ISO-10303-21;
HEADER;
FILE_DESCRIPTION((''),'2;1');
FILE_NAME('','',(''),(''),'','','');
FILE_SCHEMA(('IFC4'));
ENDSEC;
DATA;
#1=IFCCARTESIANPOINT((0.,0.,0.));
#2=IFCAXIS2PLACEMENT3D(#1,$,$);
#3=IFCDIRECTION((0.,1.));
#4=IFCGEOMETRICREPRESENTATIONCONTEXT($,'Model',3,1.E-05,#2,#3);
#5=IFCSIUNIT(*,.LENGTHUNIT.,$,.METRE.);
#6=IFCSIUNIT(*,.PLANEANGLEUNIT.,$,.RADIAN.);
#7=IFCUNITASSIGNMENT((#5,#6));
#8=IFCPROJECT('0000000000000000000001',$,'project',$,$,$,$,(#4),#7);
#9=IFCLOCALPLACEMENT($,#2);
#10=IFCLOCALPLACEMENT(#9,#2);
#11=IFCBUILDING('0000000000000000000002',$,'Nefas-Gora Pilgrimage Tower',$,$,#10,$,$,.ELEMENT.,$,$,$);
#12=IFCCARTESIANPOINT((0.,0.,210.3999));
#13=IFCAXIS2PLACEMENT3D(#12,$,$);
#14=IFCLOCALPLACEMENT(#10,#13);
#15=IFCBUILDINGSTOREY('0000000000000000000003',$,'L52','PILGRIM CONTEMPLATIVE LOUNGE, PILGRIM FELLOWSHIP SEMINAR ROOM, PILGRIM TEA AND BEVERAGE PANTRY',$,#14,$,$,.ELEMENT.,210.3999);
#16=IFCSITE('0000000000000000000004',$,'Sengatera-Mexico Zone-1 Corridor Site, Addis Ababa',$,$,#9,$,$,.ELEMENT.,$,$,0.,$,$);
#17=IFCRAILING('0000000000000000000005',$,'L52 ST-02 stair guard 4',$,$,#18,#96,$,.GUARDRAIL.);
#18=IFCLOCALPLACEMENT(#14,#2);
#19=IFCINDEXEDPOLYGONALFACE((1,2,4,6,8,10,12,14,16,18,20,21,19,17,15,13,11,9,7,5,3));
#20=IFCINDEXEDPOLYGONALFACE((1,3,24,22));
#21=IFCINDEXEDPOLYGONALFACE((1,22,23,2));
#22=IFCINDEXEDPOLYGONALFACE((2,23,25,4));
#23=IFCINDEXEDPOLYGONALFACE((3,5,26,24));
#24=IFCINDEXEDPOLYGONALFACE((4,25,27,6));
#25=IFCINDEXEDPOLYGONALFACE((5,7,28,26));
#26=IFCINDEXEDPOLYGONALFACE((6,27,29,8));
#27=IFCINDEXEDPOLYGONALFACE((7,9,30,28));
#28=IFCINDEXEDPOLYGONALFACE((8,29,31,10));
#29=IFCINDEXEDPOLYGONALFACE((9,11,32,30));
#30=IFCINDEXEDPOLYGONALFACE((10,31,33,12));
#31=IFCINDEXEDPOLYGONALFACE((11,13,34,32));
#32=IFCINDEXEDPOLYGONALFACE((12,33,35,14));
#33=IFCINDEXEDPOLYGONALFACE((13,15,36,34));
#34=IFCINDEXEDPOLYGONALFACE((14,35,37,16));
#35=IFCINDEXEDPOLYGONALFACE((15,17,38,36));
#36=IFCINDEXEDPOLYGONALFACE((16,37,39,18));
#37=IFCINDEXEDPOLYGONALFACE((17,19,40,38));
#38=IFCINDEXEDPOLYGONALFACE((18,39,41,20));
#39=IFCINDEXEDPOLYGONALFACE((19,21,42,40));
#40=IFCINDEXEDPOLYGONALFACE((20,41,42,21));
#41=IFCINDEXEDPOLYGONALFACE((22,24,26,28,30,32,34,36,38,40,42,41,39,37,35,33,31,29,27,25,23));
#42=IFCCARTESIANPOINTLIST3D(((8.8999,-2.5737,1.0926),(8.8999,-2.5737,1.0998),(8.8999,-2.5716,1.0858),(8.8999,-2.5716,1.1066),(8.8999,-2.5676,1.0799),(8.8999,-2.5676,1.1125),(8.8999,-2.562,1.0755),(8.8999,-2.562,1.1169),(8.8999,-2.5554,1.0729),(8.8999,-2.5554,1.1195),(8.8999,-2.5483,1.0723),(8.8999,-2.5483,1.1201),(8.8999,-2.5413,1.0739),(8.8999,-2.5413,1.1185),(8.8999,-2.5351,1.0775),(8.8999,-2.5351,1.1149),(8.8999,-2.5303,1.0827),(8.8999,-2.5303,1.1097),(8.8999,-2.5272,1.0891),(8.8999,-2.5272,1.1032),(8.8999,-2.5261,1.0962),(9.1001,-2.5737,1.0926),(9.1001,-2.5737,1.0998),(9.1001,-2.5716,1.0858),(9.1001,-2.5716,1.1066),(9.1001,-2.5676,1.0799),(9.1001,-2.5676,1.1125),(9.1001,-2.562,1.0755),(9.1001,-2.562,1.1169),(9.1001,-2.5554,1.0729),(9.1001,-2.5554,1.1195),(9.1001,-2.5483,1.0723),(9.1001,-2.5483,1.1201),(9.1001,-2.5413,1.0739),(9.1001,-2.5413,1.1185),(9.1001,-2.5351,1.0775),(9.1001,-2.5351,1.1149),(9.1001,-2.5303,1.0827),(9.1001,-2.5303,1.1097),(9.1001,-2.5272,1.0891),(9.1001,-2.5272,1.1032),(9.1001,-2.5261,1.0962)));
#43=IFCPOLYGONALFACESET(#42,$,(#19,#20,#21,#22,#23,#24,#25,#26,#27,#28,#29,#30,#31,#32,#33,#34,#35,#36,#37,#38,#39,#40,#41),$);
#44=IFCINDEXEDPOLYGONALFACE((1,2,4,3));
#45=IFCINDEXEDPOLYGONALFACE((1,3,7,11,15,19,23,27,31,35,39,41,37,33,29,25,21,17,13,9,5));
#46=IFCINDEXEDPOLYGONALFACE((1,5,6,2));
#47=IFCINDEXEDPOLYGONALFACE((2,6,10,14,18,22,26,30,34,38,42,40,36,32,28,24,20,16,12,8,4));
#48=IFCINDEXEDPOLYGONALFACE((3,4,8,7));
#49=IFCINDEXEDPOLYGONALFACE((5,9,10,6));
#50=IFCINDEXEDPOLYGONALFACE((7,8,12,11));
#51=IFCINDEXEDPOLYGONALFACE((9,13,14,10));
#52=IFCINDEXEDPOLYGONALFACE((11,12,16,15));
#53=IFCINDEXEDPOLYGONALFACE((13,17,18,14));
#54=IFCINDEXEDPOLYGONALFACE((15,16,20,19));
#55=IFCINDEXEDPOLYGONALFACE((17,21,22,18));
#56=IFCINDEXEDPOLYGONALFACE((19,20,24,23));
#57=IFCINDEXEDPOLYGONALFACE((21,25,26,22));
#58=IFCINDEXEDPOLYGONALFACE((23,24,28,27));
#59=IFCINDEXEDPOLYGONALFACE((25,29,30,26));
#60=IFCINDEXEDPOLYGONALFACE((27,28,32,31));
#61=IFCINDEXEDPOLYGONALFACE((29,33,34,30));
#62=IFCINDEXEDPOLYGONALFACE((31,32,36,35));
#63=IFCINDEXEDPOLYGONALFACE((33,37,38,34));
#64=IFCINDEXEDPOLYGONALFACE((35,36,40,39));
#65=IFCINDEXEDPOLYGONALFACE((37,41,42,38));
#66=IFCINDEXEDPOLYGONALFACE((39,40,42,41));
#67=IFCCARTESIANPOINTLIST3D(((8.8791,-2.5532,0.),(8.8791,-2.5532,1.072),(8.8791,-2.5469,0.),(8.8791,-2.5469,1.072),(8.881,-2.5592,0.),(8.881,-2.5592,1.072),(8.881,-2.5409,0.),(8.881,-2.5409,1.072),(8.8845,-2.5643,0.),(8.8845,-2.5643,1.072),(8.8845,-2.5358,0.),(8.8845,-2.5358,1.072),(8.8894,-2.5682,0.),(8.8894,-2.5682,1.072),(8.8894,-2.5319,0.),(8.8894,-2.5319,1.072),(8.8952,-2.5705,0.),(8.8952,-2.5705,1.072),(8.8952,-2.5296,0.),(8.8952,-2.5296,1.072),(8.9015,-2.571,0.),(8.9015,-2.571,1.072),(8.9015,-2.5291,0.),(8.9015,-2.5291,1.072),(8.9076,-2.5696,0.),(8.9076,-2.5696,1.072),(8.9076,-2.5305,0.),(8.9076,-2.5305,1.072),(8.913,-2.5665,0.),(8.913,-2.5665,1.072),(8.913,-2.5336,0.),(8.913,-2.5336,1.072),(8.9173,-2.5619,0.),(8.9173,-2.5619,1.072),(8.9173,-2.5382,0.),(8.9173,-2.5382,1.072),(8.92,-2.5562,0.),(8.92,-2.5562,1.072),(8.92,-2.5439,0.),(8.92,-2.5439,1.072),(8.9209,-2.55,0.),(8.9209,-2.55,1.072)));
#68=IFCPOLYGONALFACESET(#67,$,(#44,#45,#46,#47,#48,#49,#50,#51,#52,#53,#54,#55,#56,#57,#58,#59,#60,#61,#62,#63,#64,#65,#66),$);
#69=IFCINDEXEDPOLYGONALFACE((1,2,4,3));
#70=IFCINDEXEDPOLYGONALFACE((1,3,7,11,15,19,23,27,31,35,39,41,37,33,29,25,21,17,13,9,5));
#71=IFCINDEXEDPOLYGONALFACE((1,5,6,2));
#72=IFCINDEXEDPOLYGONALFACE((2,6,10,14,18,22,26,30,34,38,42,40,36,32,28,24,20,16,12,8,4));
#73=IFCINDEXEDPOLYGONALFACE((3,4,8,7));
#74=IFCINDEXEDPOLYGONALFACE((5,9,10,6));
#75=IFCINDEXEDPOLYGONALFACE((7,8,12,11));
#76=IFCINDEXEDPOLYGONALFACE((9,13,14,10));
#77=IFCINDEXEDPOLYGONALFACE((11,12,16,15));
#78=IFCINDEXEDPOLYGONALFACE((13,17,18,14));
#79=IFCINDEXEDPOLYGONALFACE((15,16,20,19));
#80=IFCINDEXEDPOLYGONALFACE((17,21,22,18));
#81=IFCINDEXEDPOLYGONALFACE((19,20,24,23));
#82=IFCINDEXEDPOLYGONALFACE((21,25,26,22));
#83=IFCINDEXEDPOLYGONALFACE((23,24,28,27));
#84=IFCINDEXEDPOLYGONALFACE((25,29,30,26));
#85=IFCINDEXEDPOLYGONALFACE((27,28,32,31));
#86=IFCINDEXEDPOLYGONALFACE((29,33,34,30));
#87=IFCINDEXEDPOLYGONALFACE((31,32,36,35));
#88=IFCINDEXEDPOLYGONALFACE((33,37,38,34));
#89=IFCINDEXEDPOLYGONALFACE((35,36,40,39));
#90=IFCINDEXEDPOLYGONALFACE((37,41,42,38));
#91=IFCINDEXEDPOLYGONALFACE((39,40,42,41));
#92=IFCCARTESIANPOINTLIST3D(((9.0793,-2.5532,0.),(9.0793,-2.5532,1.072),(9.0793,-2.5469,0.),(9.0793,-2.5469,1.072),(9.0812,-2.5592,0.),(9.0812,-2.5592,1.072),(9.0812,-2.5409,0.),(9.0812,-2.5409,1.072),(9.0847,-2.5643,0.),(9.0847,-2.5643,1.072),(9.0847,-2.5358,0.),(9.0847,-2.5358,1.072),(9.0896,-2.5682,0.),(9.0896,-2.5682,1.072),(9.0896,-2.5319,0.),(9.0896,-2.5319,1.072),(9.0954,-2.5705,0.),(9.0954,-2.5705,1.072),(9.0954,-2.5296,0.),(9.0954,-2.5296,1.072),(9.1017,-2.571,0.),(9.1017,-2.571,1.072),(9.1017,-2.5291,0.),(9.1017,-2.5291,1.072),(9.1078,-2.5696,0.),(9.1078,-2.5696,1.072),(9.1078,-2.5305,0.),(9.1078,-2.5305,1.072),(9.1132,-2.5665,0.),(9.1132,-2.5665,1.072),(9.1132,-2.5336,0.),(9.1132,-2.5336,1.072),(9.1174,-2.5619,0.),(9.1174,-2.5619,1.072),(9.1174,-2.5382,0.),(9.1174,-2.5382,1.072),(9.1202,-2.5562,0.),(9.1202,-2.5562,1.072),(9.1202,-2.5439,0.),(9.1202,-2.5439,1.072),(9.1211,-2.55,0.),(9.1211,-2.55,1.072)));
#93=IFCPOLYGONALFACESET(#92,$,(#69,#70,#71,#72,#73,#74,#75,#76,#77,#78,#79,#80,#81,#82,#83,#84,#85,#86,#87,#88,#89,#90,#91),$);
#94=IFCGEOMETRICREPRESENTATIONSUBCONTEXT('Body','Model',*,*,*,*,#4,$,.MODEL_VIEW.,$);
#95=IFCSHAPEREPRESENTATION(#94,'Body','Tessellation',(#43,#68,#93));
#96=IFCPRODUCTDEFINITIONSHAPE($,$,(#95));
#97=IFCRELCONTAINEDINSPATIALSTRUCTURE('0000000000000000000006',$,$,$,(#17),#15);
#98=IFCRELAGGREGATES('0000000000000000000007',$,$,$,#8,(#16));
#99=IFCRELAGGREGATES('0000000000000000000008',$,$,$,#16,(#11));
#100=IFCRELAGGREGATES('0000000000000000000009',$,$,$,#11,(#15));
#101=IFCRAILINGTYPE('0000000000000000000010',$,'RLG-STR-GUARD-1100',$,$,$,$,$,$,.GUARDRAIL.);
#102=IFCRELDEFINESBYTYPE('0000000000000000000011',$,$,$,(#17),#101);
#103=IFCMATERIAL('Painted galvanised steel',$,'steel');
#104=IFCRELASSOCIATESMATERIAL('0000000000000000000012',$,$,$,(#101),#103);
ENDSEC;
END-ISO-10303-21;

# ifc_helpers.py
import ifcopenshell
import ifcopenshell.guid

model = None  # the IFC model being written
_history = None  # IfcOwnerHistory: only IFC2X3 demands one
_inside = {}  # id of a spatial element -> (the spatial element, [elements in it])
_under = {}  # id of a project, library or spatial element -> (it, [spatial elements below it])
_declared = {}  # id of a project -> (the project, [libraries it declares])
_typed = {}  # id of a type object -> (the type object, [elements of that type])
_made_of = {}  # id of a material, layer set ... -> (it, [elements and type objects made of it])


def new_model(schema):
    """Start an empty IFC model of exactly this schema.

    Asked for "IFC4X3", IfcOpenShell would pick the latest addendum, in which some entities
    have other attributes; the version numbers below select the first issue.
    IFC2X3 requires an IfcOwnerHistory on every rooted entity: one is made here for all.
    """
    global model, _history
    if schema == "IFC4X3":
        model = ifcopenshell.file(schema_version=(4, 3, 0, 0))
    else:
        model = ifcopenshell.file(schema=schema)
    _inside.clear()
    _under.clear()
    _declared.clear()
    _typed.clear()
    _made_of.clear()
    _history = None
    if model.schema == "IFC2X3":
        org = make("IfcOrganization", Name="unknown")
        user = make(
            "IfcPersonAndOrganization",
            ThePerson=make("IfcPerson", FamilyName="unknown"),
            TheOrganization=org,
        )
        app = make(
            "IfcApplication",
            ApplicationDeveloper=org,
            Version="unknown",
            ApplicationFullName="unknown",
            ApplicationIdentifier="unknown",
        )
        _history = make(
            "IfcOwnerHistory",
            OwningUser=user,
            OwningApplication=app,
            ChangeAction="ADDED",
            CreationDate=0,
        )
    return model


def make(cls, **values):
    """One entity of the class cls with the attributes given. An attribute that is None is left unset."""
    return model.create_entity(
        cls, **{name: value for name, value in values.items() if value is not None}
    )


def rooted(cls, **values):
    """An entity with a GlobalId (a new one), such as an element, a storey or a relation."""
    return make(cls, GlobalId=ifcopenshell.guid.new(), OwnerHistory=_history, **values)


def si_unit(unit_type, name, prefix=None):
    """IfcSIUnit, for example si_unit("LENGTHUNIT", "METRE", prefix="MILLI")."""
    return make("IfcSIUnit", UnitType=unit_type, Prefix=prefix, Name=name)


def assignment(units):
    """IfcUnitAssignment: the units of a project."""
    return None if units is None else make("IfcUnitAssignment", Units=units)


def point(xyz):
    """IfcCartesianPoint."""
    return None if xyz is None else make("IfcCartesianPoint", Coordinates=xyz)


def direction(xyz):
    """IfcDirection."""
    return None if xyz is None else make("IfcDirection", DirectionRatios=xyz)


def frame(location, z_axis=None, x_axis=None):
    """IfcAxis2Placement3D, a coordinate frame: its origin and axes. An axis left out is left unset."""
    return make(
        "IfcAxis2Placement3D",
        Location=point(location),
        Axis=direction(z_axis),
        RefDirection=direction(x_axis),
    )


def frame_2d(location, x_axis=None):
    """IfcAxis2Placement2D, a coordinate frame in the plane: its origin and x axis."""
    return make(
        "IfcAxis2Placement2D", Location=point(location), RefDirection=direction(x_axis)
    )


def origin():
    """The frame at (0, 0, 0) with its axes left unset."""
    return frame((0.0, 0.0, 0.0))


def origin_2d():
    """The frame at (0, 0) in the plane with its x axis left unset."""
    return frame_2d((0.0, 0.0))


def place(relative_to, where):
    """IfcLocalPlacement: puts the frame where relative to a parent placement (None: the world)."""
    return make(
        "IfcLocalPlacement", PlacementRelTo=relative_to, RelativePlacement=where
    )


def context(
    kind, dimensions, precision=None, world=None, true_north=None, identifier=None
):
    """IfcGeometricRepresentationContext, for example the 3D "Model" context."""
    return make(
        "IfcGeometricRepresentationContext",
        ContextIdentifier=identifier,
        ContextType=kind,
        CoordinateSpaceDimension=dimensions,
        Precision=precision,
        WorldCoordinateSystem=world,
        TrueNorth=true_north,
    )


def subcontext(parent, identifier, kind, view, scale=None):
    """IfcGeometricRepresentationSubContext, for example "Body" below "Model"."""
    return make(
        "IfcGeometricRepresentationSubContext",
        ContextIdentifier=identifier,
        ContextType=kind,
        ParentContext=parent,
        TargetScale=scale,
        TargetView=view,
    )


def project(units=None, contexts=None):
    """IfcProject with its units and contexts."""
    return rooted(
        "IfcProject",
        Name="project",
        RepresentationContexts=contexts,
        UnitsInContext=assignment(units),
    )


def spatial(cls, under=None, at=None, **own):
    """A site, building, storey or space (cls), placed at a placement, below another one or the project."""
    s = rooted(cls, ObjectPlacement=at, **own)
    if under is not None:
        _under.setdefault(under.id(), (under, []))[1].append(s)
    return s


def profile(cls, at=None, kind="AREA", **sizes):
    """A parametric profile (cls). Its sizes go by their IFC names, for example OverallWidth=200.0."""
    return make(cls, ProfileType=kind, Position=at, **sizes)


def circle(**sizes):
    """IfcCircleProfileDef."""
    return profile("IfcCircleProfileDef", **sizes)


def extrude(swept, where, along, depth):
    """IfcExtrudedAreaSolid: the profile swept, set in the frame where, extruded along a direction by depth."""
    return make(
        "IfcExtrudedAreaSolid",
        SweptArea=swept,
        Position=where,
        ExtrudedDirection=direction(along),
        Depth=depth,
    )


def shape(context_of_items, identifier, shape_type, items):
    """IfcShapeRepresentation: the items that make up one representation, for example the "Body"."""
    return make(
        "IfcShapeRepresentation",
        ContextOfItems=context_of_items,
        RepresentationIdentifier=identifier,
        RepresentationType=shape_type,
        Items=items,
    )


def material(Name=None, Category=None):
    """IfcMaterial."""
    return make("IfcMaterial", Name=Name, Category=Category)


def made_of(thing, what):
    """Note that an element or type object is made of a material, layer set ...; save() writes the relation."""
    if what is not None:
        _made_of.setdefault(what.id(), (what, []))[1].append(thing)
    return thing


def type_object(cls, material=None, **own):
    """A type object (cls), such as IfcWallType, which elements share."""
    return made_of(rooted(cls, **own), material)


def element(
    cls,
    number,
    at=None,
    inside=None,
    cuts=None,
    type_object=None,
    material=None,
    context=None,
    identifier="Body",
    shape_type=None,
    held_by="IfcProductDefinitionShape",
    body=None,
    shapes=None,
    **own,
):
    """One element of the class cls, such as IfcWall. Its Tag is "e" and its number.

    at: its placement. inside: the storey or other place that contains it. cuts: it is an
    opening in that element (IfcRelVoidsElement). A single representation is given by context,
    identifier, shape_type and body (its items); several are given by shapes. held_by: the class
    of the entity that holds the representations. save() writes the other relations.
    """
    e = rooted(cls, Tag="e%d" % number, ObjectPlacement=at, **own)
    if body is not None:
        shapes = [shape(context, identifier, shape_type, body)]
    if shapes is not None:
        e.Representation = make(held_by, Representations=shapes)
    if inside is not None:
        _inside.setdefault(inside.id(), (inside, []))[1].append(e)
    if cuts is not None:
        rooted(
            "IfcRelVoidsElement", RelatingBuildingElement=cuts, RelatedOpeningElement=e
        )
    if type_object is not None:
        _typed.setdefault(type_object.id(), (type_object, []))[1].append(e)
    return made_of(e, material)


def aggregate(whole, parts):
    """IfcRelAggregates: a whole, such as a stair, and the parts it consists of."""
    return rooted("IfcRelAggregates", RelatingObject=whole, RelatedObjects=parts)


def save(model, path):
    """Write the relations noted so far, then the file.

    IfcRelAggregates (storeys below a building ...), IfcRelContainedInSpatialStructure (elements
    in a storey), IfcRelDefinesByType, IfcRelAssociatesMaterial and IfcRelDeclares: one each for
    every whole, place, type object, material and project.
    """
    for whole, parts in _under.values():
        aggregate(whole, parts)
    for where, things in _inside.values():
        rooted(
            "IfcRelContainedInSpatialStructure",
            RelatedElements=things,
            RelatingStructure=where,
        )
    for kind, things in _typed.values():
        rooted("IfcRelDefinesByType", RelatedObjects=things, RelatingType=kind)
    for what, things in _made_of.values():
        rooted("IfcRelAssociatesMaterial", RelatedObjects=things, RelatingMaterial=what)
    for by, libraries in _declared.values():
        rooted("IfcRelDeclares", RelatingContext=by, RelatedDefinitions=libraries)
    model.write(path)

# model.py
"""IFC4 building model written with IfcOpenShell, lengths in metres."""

from ifc_helpers import new_model, si_unit, direction, frame, origin, origin_2d, place, context, subcontext, project, spatial, circle, extrude, material, type_object, element, save


model = new_model("IFC4")

# Units and contexts
model_context = context("Model", 3, precision=1e-05, world=origin(), true_north=direction((0.0, 1.0)))
body_context = subcontext(model_context, "Body", "Model", "MODEL_VIEW")
ifc_project = project(units=[si_unit("LENGTHUNIT", "METRE"), si_unit("PLANEANGLEUNIT", "RADIAN")], contexts=[model_context])

# Site, building, storey
site_placement = place(None, origin())
site = spatial("IfcSite", under=ifc_project, at=site_placement, Name="Sengatera-Mexico Zone-1 Corridor Site, Addis Ababa", CompositionType="ELEMENT", RefElevation=0.0)
building_placement = place(site_placement, origin())
building = spatial("IfcBuilding", under=site, at=building_placement, Name="Nefas-Gora Pilgrimage Tower", CompositionType="ELEMENT")
storey_placement = place(building_placement, frame((0.0, 0.0, 210.3999)))
storey = spatial("IfcBuildingStorey", under=building, at=storey_placement, Name="L52", Description="PILGRIM CONTEMPLATIVE LOUNGE, PILGRIM FELLOWSHIP SEMINAR ROOM, PILGRIM TEA AND BEVERAGE PANTRY", CompositionType="ELEMENT", Elevation=210.3999)

# Railing
ifc_material_1 = material(Name="Painted galvanised steel", Category="steel")
railing_type_1 = type_object("IfcRailingType", Name="RLG-STR-GUARD-1100", PredefinedType="GUARDRAIL", material=ifc_material_1)
railing_1_placement = place(storey_placement, frame((8.8999, -2.55, 0.0)))
element("IfcRailing", 1, at=railing_1_placement, inside=storey, type_object=railing_type_1, Name="L52 ST-02 stair guard 4", PredefinedType="GUARDRAIL", context=body_context, shape_type="SweptSolid", body=[
    extrude(circle(Radius=0.0239, at=origin_2d()), frame((0.0, 0.0, 1.0962), z_axis=(1.0, 0.0, 0.0), x_axis=(0.0, 1.0, 0.0)), (0.0, 0.0, 1.0), 0.2002),
    extrude(circle(Radius=0.021, at=origin_2d()), origin(), (0.0, 0.0, 1.0), 1.072),
    extrude(circle(Radius=0.021, at=origin_2d()), frame((0.2002, 0.0, 0.0)), (0.0, 0.0, 1.0), 1.072),
])

save(model, "model.ifc")
